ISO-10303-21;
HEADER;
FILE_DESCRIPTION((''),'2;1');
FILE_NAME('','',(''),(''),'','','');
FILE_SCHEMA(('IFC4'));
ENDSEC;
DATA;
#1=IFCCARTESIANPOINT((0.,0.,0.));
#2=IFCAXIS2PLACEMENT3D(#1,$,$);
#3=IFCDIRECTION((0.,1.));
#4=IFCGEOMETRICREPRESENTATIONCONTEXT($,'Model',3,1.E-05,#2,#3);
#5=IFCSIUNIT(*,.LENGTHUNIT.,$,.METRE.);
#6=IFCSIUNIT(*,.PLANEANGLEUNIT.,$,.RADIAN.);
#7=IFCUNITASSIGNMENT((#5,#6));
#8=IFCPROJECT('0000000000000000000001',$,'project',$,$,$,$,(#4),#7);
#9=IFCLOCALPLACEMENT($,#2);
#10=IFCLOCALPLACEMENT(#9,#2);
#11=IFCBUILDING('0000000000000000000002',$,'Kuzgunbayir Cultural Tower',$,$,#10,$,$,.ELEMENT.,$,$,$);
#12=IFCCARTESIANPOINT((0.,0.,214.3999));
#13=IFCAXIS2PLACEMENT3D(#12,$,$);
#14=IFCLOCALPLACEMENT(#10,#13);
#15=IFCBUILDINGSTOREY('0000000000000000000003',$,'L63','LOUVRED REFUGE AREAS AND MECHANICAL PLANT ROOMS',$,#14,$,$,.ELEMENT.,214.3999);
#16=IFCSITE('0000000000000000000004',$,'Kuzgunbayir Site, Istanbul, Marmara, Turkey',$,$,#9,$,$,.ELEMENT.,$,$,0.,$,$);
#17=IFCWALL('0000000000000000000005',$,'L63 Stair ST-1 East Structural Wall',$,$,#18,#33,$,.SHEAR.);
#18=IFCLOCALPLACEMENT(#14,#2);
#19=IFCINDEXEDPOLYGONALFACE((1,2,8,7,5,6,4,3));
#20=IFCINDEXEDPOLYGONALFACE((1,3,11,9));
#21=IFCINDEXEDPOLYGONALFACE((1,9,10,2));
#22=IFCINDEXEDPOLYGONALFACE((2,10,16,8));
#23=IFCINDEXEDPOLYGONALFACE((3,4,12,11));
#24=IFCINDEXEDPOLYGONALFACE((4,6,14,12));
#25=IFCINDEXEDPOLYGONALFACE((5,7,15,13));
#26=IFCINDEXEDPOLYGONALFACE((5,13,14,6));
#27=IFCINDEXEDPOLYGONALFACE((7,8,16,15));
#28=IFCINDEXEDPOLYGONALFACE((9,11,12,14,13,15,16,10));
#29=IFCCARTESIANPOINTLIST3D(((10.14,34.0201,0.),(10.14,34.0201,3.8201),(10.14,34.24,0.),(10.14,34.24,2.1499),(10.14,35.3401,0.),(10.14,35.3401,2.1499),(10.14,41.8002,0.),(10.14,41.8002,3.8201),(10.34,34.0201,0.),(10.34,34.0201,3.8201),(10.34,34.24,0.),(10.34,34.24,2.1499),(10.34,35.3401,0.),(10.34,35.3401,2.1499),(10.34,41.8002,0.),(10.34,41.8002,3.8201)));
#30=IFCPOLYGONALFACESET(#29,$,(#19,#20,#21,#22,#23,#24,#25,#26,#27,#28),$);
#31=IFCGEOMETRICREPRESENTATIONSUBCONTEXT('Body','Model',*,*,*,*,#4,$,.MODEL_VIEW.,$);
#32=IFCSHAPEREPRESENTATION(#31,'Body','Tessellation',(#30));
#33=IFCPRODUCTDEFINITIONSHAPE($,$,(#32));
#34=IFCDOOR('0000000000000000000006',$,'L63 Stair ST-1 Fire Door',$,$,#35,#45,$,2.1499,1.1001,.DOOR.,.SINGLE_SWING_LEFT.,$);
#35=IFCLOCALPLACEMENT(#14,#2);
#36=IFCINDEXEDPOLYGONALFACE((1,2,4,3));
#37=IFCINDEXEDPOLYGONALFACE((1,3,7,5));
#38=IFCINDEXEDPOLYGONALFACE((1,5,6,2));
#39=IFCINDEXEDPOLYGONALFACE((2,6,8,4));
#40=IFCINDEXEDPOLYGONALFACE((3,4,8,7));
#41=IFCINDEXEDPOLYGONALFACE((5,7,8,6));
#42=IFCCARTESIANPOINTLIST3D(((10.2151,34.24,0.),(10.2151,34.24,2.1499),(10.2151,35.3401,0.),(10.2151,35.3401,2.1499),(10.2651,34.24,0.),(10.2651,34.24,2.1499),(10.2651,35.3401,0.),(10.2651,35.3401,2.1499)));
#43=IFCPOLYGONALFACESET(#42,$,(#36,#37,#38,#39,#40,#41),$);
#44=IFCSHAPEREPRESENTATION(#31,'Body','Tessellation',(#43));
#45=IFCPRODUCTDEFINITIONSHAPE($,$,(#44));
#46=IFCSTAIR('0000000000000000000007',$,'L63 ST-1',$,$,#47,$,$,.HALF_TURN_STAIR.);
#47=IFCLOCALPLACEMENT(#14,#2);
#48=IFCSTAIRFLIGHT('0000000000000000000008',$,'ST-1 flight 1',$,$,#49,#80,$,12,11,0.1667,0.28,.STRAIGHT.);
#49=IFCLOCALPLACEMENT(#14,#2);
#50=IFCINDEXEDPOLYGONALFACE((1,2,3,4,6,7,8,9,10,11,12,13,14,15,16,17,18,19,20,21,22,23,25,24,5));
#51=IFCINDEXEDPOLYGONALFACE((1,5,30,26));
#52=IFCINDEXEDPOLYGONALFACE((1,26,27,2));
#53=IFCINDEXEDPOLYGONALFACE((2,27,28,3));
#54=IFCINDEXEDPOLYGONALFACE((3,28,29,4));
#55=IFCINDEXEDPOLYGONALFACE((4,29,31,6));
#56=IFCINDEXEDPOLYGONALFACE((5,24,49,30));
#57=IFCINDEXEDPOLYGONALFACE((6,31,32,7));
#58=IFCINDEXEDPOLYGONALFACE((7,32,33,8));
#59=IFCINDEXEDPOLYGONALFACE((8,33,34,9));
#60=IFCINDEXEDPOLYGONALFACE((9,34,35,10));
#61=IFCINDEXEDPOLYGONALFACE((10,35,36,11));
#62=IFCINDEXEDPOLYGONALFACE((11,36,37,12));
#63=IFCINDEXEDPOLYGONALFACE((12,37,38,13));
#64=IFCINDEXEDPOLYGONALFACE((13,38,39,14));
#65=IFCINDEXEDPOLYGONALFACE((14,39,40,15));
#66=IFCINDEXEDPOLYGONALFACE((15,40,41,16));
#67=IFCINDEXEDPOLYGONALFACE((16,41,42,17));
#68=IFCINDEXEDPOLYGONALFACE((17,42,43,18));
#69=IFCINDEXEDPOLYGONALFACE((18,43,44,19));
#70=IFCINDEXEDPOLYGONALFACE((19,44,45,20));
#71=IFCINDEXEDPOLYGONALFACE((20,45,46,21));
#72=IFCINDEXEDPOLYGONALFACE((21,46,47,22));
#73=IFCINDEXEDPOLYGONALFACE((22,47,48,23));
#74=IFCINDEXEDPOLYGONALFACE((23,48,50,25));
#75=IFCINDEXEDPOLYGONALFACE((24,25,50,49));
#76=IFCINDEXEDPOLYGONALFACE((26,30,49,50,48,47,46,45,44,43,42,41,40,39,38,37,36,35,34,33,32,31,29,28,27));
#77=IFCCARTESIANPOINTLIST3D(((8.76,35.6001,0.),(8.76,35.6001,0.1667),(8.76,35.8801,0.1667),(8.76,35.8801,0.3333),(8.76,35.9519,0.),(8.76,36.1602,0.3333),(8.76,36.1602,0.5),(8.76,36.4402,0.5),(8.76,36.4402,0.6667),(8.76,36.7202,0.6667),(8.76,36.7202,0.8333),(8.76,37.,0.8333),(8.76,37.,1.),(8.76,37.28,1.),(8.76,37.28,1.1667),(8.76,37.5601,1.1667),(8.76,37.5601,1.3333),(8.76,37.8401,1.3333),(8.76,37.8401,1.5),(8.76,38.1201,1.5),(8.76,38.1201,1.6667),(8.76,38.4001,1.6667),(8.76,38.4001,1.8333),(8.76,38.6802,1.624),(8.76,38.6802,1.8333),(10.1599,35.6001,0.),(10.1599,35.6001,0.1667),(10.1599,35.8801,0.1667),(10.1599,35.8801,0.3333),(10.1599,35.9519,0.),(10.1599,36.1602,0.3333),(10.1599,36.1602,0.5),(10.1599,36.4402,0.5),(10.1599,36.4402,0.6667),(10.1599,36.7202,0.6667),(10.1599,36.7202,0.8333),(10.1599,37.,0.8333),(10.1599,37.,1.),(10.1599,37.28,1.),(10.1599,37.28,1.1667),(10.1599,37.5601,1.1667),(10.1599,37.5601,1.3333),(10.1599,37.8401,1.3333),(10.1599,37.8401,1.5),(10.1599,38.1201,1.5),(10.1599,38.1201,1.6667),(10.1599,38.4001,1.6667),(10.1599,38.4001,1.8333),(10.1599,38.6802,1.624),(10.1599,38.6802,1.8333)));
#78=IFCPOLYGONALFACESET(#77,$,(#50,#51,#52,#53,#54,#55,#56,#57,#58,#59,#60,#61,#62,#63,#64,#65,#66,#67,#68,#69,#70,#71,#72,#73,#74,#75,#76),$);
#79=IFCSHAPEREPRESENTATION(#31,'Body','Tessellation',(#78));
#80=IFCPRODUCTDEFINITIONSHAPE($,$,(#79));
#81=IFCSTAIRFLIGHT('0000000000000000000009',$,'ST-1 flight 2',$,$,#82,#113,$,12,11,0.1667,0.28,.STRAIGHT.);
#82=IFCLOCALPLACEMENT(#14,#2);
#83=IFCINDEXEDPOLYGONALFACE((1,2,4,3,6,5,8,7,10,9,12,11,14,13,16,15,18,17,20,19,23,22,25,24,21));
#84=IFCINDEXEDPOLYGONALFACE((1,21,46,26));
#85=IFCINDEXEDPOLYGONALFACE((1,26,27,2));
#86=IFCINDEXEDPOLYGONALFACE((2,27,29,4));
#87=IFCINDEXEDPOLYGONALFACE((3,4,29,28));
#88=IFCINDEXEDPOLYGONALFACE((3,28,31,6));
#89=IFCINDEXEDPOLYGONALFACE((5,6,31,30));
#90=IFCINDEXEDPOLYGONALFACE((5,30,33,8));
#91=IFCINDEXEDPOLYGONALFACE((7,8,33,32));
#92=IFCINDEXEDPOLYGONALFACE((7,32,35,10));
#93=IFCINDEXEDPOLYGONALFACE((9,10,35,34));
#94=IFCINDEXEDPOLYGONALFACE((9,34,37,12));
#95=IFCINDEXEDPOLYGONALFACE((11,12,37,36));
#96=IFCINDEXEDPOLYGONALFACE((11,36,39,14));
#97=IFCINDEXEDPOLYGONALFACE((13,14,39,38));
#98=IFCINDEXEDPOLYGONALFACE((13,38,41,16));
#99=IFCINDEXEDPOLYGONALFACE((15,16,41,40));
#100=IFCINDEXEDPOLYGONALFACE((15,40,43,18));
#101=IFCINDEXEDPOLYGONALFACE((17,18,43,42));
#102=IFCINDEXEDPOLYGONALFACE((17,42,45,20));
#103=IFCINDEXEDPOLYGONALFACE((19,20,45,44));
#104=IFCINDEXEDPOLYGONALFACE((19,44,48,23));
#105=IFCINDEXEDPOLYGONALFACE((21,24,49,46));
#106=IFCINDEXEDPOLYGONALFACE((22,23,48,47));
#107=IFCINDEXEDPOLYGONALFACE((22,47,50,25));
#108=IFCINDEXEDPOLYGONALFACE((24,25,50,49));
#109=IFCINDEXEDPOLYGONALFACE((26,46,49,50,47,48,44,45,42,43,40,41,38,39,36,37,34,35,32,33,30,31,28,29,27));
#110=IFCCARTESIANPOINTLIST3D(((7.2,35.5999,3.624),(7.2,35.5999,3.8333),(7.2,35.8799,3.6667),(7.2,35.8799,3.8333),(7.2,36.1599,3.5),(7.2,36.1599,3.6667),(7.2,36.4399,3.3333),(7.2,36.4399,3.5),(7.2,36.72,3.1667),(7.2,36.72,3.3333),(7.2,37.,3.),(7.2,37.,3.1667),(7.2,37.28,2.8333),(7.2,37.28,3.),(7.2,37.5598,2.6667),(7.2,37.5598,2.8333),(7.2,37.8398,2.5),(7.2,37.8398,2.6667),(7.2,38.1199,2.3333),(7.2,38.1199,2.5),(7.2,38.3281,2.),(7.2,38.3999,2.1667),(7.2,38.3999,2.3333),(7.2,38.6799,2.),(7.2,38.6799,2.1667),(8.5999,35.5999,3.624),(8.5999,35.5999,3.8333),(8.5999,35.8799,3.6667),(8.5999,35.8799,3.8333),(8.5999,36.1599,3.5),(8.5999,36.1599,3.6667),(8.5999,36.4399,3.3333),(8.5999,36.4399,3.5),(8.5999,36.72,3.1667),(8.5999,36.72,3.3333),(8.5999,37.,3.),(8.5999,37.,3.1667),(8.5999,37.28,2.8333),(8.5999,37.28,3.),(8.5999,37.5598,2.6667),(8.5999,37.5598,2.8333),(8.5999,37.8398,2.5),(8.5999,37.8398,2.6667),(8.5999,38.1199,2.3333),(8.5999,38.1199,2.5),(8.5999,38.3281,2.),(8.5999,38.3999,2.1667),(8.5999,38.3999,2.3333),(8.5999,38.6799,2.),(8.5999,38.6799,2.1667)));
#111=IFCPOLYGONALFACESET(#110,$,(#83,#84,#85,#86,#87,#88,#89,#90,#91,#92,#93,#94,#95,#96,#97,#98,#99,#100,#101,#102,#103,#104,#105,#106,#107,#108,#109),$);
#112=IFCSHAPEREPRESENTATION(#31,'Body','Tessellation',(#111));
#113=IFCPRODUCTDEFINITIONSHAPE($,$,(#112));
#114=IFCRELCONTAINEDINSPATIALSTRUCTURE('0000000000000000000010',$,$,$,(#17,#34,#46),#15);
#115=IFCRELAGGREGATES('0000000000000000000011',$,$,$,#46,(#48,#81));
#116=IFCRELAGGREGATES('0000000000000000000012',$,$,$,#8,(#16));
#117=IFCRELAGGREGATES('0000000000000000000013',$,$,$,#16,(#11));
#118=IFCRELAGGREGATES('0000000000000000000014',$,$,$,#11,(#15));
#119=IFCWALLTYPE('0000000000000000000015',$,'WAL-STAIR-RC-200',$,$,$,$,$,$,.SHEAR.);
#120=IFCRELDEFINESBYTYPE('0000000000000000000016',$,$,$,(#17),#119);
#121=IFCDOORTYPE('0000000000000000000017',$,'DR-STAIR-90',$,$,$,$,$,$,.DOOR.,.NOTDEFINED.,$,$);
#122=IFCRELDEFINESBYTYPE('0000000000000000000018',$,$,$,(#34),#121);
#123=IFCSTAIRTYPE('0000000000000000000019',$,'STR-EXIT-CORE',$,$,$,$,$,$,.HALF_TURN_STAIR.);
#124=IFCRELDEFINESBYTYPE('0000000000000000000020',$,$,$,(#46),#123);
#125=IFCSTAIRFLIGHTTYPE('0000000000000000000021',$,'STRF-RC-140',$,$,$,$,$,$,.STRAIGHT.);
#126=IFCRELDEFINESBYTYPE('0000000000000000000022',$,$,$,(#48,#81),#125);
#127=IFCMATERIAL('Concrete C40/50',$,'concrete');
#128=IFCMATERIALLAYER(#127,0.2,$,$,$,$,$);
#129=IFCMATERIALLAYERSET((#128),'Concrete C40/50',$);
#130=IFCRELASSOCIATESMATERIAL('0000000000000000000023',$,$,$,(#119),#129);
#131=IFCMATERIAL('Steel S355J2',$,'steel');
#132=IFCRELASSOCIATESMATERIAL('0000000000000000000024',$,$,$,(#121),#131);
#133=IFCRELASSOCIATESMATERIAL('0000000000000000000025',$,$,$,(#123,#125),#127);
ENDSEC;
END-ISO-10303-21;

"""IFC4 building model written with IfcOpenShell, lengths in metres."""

from ifc_helpers import new_model, si_unit, direction, frame, frame_2d, origin, place, context, subcontext, project, spatial, polyline, rectangle, outline, extrude, material, layer, layer_set, type_object, element, fill, aggregate, save


model = new_model("IFC4")

# Units and contexts
model_context = context("Model", 3, precision=1e-05, world=origin(), true_north=direction((0.0, 1.0)))
body_context = subcontext(model_context, "Body", "Model", "MODEL_VIEW")
ifc_project = project(units=[si_unit("LENGTHUNIT", "METRE"), si_unit("PLANEANGLEUNIT", "RADIAN")], contexts=[model_context])

# Site, building, storey
site_placement = place(None, origin())
site = spatial("IfcSite", under=ifc_project, at=site_placement, Name="Kuzgunbayir Site, Istanbul, Marmara, Turkey", CompositionType="ELEMENT", RefElevation=0.0)
building_placement = place(site_placement, origin())
building = spatial("IfcBuilding", under=site, at=building_placement, Name="Kuzgunbayir Cultural Tower", CompositionType="ELEMENT")
storey_placement = place(building_placement, frame((0.0, 0.0, 214.3999)))
storey = spatial("IfcBuildingStorey", under=building, at=storey_placement, Name="L63", Description="LOUVRED REFUGE AREAS AND MECHANICAL PLANT ROOMS", CompositionType="ELEMENT", Elevation=214.3999)

# Shared definitions
ifc_material_1 = material(Name="Steel S355J2", Category="steel")

# Shared definitions
ifc_material_2 = material(Name="Concrete C40/50", Category="concrete")

# Wall, opening, door
ifc_layer_1 = layer(ifc_material_2, 0.2)
ifc_layer_set_1 = layer_set([ifc_layer_1], Name="Concrete C40/50")
wall_type_1 = type_object("IfcWallType", Name="WAL-STAIR-RC-200", PredefinedType="SHEAR", material=ifc_layer_set_1)
wall_1_placement = place(storey_placement, frame((10.24, 34.02, 0.0), z_axis=(0.0, 0.0, 1.0), x_axis=(0.0, 1.0, 0.0)))
wall_1 = element("IfcWall", 1, at=wall_1_placement, inside=storey, type_object=wall_type_1, Name="L63 Stair ST-1 East Structural Wall", PredefinedType="SHEAR", context=body_context, shape_type="SweptSolid", body=[
    extrude(rectangle(XDim=7.78, YDim=0.2, at=frame_2d((3.8901, 0.0))), origin(), (0.0, 0.0, 1.0), 3.8201),
])
opening_1_placement = place(wall_1_placement, frame((0.22, 0.0, 0.0)))
opening_1 = element("IfcOpeningElement", 2, at=opening_1_placement, cuts=wall_1, PredefinedType="OPENING", context=body_context, shape_type="SweptSolid", body=[
    extrude(rectangle(XDim=1.1001, YDim=2.1499, at=frame_2d((0.55, 1.075))), frame((0.0, 0.1099, 0.0), z_axis=(0.0, -1.0, 0.0), x_axis=(1.0, 0.0, 0.0)), (0.0, 0.0, 1.0), 0.22),
])
door_type_1 = type_object("IfcDoorType", Name="DR-STAIR-90", OperationType="NOTDEFINED", PredefinedType="DOOR", material=ifc_material_1)
door_1_placement = place(opening_1_placement, origin())
door_1 = element("IfcDoor", 3, at=door_1_placement, inside=storey, type_object=door_type_1, Name="L63 Stair ST-1 Fire Door", OperationType="SINGLE_SWING_LEFT", OverallHeight=2.1499, OverallWidth=1.1001, PredefinedType="DOOR", context=body_context, shape_type="SweptSolid", body=[
    extrude(rectangle(XDim=1.1001, YDim=2.1499, at=frame_2d((0.55, 1.075))), frame((0.0, 0.0249, 0.0), z_axis=(0.0, -1.0, 0.0), x_axis=(1.0, 0.0, 0.0)), (0.0, 0.0, 1.0), 0.05),
])
fill(opening_1, door_1)

# Stair, stair flights
stair_type = type_object("IfcStairType", Name="STR-EXIT-CORE", PredefinedType="HALF_TURN_STAIR", material=ifc_material_2)
stair_placement = place(storey_placement, origin())
stair = element("IfcStair", 4, at=stair_placement, inside=storey, type_object=stair_type, Name="L63 ST-1", PredefinedType="HALF_TURN_STAIR")
stair_flight_type = type_object("IfcStairFlightType", Name="STRF-RC-140", PredefinedType="STRAIGHT", material=ifc_material_2)
stair_flight_1_placement = place(storey_placement, frame((9.46, 35.6001, 0.0), z_axis=(0.0, 0.0, 1.0), x_axis=(0.0, 1.0, 0.0)))
stair_flight_1 = element("IfcStairFlight", 5, at=stair_flight_1_placement, type_object=stair_flight_type, Name="ST-1 flight 1", NumberOfRisers=12, NumberOfTreads=11, PredefinedType="STRAIGHT", RiserHeight=0.1667, TreadLength=0.28, context=body_context, shape_type="SweptSolid", body=[
    extrude(outline(polyline([(0.0, 0.0), (0.0, 0.1667), (0.28, 0.1667), (0.28, 0.3333), (0.5601, 0.3333), (0.5601, 0.5), (0.8401, 0.5), (0.8401, 0.6667), (1.1201, 0.6667), (1.1201, 0.8333), (1.3999, 0.8333), (1.3999, 1.0), (1.6799, 1.0), (1.6799, 1.1667), (1.96, 1.1667), (1.96, 1.3333), (2.24, 1.3333), (2.24, 1.5), (2.52, 1.5), (2.52, 1.6667), (2.8, 1.6667), (2.8, 1.8333), (3.0801, 1.8333), (3.0801, 2.0), (3.0801, 1.624), (0.3518, 0.0), (0.0, 0.0)])), frame((0.0, 0.7, 0.0), z_axis=(0.0, -1.0, 0.0), x_axis=(1.0, 0.0, 0.0)), (0.0, 0.0, 1.0), 1.3999),
])
stair_flight_2_placement = place(storey_placement, frame((7.8999, 38.6799, 2.0), z_axis=(0.0, 0.0, 1.0), x_axis=(0.0, -1.0, 0.0)))
stair_flight_2 = element("IfcStairFlight", 6, at=stair_flight_2_placement, type_object=stair_flight_type, Name="ST-1 flight 2", NumberOfRisers=12, NumberOfTreads=11, PredefinedType="STRAIGHT", RiserHeight=0.1667, TreadLength=0.28, context=body_context, shape_type="SweptSolid", body=[
    extrude(outline(polyline([(0.0, 0.0), (0.0, 0.1667), (0.28, 0.1667), (0.28, 0.3333), (0.5601, 0.3333), (0.5601, 0.5), (0.8401, 0.5), (0.8401, 0.6667), (1.1201, 0.6667), (1.1201, 0.8333), (1.3999, 0.8333), (1.3999, 1.0), (1.6799, 1.0), (1.6799, 1.1667), (1.96, 1.1667), (1.96, 1.3333), (2.24, 1.3333), (2.24, 1.5), (2.52, 1.5), (2.52, 1.6667), (2.8, 1.6667), (2.8, 1.8333), (3.0801, 1.8333), (3.0801, 2.0), (3.0801, 1.624), (0.3518, 0.0), (0.0, 0.0)])), frame((0.0, 0.7, 0.0), z_axis=(0.0, -1.0, 0.0), x_axis=(1.0, 0.0, 0.0)), (0.0, 0.0, 1.0), 1.3999),
])
aggregate(stair, [stair_flight_1, stair_flight_2])

save(model, "model.ifc")
